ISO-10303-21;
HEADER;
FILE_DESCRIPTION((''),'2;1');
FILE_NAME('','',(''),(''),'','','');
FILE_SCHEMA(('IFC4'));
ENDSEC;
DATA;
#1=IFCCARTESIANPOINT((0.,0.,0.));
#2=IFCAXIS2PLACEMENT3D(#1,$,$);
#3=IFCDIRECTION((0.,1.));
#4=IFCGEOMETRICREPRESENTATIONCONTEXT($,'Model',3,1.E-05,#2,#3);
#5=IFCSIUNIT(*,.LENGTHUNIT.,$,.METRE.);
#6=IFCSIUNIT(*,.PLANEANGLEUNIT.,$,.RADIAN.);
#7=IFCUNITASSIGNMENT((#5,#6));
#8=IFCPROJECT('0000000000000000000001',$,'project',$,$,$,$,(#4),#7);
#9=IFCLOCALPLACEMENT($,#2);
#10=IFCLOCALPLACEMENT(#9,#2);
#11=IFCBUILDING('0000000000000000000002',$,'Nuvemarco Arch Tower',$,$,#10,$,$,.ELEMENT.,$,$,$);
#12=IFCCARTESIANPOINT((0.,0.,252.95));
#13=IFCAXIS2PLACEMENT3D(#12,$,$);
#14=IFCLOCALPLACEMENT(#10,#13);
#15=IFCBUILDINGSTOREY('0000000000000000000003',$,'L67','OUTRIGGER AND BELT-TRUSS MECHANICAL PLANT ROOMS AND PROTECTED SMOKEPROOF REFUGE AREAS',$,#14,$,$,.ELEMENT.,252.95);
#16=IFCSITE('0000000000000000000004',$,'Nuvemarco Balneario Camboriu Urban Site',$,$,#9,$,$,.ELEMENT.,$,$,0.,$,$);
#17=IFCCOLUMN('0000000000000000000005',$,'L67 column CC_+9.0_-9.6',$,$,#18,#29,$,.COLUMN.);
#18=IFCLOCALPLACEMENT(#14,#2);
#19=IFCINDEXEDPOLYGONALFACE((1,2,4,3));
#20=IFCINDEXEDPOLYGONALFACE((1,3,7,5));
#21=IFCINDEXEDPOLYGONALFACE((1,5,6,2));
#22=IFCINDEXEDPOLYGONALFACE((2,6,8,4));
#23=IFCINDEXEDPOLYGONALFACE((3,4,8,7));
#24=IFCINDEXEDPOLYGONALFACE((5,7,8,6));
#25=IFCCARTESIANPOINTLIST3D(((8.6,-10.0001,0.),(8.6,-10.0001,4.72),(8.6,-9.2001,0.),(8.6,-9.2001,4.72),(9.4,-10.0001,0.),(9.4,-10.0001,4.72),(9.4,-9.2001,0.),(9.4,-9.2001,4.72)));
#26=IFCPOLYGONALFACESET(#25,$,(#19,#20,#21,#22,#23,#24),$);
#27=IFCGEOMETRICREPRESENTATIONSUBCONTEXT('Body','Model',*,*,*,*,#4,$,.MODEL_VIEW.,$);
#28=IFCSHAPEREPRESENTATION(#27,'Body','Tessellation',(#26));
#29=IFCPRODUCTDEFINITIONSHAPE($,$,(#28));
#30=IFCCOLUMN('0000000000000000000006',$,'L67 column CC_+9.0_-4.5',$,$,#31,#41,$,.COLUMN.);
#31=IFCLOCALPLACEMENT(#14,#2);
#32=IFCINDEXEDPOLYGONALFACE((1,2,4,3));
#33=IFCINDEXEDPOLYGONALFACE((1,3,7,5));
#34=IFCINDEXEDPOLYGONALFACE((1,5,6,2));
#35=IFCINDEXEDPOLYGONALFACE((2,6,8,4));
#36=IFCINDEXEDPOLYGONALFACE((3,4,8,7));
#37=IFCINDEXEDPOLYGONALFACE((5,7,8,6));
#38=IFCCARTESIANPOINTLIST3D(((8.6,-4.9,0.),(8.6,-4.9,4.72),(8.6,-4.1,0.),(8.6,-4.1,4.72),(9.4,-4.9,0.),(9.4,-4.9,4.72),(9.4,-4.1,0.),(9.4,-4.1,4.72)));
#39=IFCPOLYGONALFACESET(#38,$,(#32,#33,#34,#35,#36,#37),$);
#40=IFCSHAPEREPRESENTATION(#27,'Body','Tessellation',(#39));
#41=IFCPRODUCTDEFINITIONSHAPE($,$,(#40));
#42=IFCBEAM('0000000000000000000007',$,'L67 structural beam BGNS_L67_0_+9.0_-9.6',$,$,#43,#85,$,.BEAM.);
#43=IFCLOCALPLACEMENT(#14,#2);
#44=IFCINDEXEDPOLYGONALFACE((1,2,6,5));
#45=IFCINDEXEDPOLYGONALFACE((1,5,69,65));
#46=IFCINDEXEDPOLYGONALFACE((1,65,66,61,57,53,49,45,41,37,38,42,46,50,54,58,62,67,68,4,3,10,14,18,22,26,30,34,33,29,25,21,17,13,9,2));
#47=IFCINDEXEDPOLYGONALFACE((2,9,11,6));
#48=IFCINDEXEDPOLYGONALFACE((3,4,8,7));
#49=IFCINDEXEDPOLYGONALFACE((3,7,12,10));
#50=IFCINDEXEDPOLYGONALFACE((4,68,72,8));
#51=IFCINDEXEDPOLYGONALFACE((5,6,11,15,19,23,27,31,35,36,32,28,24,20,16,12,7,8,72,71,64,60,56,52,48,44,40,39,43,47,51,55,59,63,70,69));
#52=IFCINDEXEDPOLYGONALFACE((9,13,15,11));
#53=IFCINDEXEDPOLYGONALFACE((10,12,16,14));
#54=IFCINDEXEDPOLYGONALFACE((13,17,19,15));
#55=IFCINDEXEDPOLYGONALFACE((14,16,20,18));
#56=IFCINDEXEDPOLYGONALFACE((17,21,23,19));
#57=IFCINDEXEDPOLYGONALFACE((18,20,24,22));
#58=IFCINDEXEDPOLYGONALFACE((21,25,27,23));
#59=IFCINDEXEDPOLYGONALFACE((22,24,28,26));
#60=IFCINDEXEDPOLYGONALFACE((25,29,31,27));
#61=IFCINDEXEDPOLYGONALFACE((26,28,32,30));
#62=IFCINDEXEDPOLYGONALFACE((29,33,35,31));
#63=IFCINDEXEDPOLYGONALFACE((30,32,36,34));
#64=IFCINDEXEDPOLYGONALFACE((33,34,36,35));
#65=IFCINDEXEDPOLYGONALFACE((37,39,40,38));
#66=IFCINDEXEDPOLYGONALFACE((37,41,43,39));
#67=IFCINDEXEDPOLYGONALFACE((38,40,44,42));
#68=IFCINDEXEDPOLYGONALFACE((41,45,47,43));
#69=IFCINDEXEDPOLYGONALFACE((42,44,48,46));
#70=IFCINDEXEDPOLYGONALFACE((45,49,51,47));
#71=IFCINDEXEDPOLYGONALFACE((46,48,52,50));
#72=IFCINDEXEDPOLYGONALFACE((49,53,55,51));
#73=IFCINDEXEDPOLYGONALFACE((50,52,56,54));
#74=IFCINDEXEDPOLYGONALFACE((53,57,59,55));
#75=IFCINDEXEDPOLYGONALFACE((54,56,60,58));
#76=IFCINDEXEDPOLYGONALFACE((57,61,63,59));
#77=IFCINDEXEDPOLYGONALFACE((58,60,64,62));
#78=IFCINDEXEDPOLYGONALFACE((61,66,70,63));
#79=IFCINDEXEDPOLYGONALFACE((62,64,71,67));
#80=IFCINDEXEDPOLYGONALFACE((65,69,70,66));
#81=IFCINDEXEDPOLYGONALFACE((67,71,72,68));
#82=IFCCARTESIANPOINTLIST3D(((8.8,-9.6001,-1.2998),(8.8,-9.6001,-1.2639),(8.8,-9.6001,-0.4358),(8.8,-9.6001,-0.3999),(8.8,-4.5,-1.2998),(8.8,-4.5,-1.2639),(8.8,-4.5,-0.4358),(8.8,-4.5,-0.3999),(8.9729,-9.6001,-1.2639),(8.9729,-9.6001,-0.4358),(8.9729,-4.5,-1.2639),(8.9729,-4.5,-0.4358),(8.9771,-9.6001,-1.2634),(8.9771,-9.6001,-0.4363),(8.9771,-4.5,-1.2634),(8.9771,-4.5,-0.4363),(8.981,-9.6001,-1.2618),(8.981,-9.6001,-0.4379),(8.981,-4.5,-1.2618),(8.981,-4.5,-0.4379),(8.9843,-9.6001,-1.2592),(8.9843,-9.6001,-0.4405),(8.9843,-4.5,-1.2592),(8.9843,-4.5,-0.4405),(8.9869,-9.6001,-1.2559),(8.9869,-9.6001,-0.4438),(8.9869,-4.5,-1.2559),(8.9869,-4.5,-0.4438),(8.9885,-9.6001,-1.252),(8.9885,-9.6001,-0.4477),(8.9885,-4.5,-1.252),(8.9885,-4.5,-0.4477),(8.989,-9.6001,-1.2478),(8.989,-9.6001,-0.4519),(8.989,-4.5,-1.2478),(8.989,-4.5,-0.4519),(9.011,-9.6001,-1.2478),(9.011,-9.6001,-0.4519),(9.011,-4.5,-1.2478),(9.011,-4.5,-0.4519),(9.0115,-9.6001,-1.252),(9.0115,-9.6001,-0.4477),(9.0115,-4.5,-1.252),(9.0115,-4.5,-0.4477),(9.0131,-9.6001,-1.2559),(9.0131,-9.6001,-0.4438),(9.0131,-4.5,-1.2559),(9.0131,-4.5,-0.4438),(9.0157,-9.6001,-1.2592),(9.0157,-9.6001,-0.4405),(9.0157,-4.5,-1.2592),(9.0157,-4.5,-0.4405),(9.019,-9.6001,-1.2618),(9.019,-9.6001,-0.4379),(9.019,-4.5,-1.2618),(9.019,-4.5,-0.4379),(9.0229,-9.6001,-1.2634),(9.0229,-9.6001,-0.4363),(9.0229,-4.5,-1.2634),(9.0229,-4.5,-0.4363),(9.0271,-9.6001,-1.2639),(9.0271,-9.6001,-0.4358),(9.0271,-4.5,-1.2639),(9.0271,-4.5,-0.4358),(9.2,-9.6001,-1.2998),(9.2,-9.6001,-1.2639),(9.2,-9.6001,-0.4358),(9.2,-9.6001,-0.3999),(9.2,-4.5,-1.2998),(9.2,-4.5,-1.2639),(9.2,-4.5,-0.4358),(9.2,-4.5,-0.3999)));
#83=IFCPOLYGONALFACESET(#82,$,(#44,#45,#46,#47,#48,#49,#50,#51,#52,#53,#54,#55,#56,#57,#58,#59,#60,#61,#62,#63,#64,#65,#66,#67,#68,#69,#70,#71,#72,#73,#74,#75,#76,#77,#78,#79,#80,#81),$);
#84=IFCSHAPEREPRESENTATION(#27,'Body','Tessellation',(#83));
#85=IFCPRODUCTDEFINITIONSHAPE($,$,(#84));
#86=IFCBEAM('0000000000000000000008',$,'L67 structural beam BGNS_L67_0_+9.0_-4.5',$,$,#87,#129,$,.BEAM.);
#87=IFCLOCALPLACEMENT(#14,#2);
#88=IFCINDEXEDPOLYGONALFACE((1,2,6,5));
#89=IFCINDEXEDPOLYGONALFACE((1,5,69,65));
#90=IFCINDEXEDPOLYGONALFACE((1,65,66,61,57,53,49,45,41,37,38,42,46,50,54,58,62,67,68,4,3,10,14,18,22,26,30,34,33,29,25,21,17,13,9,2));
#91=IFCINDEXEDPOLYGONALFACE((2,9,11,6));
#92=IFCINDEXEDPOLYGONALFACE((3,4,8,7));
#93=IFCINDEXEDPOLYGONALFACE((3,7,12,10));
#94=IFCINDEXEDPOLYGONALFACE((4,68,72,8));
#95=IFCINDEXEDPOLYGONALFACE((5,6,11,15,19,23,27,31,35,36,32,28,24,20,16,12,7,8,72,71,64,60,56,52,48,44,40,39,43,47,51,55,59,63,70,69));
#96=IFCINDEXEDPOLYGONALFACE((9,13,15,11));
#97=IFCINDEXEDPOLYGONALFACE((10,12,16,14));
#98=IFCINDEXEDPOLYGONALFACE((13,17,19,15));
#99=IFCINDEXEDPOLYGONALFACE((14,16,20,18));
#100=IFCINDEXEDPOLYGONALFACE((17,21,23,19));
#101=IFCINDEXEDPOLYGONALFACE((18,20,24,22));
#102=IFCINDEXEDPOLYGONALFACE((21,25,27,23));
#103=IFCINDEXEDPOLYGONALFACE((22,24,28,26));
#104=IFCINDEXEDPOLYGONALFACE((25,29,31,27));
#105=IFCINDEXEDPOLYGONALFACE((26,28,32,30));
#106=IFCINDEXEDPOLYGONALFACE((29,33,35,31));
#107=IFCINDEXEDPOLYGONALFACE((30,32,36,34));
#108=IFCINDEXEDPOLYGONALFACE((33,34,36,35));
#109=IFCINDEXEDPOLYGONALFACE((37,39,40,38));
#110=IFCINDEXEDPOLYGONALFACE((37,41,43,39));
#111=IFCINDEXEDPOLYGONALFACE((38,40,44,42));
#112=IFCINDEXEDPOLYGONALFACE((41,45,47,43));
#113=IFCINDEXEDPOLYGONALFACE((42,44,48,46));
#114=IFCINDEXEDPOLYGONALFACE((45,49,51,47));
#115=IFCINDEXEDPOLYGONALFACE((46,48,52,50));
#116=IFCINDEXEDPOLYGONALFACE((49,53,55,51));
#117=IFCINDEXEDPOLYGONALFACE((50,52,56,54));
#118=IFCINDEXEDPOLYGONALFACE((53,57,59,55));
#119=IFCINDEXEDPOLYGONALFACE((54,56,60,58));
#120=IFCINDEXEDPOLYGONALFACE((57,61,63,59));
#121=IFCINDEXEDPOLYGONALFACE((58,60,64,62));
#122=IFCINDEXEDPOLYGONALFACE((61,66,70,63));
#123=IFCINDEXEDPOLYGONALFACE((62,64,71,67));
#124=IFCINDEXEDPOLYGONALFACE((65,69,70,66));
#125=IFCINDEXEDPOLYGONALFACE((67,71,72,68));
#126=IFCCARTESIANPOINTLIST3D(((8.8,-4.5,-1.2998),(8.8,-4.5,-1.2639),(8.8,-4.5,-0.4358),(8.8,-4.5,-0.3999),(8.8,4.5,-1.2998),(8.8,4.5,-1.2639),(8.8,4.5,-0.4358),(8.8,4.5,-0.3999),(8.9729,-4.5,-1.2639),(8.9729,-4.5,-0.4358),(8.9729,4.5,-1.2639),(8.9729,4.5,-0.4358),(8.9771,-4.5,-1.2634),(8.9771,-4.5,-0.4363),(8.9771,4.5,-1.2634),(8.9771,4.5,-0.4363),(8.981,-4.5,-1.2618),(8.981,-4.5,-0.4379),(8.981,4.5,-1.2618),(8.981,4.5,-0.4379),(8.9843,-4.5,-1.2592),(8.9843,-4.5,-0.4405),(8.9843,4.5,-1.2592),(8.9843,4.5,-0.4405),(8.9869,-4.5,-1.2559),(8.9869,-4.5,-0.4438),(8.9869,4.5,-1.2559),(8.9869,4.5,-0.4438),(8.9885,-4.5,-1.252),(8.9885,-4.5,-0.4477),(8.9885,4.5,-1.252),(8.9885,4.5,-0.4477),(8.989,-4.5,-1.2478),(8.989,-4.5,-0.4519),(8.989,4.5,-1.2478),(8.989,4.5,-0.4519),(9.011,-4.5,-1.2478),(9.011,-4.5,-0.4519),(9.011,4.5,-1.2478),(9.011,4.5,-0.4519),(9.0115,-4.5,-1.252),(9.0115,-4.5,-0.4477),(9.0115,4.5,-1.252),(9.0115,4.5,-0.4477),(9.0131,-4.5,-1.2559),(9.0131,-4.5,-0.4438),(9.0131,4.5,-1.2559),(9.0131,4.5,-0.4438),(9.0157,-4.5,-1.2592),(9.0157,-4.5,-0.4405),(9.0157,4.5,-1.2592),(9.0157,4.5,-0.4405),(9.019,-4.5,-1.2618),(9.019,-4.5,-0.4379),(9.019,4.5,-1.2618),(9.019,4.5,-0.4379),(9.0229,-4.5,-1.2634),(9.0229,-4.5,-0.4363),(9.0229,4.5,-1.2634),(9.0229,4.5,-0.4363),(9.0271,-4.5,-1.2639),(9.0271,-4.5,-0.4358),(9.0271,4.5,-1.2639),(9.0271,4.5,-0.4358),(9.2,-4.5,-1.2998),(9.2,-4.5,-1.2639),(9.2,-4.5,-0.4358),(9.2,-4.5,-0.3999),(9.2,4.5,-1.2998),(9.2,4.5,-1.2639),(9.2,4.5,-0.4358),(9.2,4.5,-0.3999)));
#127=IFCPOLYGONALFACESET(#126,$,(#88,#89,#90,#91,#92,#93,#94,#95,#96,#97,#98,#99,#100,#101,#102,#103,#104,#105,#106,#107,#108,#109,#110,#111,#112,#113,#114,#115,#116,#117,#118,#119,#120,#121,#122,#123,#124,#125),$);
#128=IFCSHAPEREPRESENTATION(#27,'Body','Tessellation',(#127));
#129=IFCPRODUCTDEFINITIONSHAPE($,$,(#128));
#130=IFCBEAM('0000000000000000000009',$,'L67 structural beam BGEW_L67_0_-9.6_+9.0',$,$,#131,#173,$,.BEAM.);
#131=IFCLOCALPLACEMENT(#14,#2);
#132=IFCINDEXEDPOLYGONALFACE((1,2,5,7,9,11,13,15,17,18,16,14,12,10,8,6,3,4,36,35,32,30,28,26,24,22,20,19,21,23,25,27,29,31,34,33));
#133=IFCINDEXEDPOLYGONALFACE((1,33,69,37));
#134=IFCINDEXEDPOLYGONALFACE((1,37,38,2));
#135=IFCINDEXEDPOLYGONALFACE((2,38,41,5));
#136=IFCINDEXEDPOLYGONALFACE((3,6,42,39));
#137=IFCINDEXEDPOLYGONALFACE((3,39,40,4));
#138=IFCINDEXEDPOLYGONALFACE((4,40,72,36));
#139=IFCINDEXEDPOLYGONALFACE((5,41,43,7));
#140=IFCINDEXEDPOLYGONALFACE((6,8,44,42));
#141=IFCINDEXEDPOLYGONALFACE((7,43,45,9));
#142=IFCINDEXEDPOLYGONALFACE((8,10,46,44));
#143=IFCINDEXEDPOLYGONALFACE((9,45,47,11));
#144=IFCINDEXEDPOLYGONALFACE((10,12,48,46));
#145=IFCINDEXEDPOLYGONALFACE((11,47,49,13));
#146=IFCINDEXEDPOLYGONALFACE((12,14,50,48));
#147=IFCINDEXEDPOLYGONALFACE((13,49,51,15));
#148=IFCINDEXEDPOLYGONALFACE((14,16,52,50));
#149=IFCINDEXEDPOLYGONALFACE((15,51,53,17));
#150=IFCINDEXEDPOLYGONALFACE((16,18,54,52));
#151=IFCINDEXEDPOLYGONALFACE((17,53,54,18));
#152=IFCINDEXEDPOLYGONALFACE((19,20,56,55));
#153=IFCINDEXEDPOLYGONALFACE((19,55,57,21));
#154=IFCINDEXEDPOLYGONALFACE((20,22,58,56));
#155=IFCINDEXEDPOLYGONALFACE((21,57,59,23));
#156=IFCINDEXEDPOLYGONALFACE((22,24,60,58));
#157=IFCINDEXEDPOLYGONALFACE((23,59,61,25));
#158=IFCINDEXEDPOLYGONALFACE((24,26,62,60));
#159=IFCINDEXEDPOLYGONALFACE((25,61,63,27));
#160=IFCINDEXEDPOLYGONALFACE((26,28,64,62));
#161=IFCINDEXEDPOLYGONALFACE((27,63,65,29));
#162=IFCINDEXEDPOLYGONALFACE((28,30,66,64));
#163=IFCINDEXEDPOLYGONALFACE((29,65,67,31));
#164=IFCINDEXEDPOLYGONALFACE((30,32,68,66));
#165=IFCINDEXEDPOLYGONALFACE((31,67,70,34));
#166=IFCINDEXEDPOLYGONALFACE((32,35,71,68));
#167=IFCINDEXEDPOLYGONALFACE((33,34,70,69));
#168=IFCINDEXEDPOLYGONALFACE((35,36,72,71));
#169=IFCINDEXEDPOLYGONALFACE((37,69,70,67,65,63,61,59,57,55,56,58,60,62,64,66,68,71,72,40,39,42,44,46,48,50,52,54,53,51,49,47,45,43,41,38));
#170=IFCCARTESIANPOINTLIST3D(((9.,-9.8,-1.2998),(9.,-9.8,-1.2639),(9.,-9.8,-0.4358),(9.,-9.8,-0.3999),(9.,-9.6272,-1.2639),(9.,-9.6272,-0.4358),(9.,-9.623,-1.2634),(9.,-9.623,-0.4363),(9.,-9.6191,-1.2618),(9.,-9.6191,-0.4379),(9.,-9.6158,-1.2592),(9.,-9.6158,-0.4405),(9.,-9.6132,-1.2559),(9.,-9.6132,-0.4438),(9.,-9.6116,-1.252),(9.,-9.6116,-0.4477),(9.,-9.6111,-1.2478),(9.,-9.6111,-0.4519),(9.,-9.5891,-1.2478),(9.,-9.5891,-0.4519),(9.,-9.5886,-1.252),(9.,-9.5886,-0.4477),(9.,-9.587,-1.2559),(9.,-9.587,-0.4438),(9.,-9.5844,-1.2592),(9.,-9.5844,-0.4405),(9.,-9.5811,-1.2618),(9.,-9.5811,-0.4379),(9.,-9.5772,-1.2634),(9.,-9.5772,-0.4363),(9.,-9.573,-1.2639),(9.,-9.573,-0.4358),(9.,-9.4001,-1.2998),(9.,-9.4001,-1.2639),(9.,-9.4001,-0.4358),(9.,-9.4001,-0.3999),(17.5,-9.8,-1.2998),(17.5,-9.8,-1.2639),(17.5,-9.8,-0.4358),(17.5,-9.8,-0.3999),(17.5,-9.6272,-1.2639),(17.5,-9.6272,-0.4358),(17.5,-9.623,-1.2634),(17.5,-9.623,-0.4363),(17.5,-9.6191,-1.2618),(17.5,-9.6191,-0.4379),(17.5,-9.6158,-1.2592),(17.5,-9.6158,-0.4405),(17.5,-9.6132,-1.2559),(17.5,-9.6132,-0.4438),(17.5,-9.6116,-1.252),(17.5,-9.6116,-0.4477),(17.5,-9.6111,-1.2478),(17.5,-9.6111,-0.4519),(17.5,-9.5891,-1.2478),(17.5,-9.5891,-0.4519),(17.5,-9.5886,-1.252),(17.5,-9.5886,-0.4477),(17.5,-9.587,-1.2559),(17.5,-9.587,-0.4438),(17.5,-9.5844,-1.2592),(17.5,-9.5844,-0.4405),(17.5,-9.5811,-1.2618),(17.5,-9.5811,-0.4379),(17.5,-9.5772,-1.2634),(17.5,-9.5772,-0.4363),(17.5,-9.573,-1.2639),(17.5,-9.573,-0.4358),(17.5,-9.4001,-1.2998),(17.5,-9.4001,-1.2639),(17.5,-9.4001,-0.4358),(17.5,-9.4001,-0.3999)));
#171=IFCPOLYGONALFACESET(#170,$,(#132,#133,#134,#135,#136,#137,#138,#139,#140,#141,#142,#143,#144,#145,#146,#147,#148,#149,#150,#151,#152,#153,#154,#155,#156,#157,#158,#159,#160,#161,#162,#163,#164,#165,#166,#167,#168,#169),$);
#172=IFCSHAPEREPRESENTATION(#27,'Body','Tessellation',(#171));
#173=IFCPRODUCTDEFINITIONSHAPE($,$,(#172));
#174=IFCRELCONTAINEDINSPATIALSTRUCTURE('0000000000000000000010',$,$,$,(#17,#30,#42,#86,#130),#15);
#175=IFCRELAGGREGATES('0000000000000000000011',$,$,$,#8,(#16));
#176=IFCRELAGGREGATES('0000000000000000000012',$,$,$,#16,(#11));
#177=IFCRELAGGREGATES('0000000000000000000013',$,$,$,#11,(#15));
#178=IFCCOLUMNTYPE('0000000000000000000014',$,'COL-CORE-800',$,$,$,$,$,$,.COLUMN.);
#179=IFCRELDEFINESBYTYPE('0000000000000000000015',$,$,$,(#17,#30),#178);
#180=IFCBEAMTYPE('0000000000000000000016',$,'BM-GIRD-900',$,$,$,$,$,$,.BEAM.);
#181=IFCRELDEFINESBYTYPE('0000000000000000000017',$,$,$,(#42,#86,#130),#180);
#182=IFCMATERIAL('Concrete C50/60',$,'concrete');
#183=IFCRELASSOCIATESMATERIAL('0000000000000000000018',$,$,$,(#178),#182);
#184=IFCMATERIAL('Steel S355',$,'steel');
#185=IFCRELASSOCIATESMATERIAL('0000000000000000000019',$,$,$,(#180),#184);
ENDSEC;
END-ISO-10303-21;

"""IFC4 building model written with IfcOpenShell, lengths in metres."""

from ifc_helpers import new_model, si_unit, direction, frame, origin, origin_2d, place, context, subcontext, project, spatial, rectangle, i_section, extrude, material, material_profile, profile_set, type_object, element, save


model = new_model("IFC4")

# Units and contexts
model_context = context("Model", 3, precision=1e-05, world=origin(), true_north=direction((0.0, 1.0)))
body_context = subcontext(model_context, "Body", "Model", "MODEL_VIEW")
ifc_project = project(units=[si_unit("LENGTHUNIT", "METRE"), si_unit("PLANEANGLEUNIT", "RADIAN")], contexts=[model_context])

# Site, building, storey
site_placement = place(None, origin())
site = spatial("IfcSite", under=ifc_project, at=site_placement, Name="Nuvemarco Balneario Camboriu Urban Site", CompositionType="ELEMENT", RefElevation=0.0)
building_placement = place(site_placement, origin())
building = spatial("IfcBuilding", under=site, at=building_placement, Name="Nuvemarco Arch Tower", CompositionType="ELEMENT")
storey_placement = place(building_placement, frame((0.0, 0.0, 252.95)))
storey = spatial("IfcBuildingStorey", under=building, at=storey_placement, Name="L67", Description="OUTRIGGER AND BELT-TRUSS MECHANICAL PLANT ROOMS AND PROTECTED SMOKEPROOF REFUGE AREAS", CompositionType="ELEMENT", Elevation=252.95)

# Columns
ifc_material_1 = material(Name="Concrete C50/60", Category="concrete")
ifc_material_profile_1 = material_profile(ifc_material_1, rectangle(XDim=0.8, YDim=0.8, at=origin_2d()), Name="RC-COL-800x800")
ifc_profile_set_1 = profile_set([ifc_material_profile_1], Name="Concrete C50/60")
column_type = type_object("IfcColumnType", Name="COL-CORE-800", PredefinedType="COLUMN", material=ifc_profile_set_1)
for number, where, z_axis, x_axis, name in (
    (1, (9.0, -9.6001, 0.0), (0.0, 0.0, 1.0), (1.0, 0.0, 0.0), "L67 column CC_+9.0_-9.6"),
    (2, (9.0, -4.5, 0.0), (0.0, 0.0, 1.0), (1.0, 0.0, 0.0), "L67 column CC_+9.0_-4.5"),
):
    element("IfcColumn", number, at=place(storey_placement, frame(where, z_axis=z_axis, x_axis=x_axis)), inside=storey, type_object=column_type, Name=name, PredefinedType="COLUMN", context=body_context, shape_type="SweptSolid", body=[
        extrude(rectangle(XDim=0.8, YDim=0.8, at=origin_2d()), origin(), (0.0, 0.0, 1.0), 4.72),
    ])

# Beams
ifc_material_2 = material(Name="Steel S355", Category="steel")
ifc_material_profile_2 = material_profile(ifc_material_2, i_section(OverallWidth=0.3999, OverallDepth=0.8999, WebThickness=0.022, FlangeThickness=0.0359, FilletRadius=0.0161, at=origin_2d()), Name="PG900x400")
ifc_profile_set_2 = profile_set([ifc_material_profile_2], Name="Steel S355")
beam_type = type_object("IfcBeamType", Name="BM-GIRD-900", PredefinedType="BEAM", material=ifc_profile_set_2)
beam_1_placement = place(storey_placement, frame((9.0, -9.6001, -0.8499), z_axis=(0.0, 1.0, 0.0), x_axis=(-1.0, 0.0, 0.0)))
element("IfcBeam", 3, at=beam_1_placement, inside=storey, type_object=beam_type, Name="L67 structural beam BGNS_L67_0_+9.0_-9.6", PredefinedType="BEAM", context=body_context, shape_type="SweptSolid", body=[
    extrude(i_section(OverallWidth=0.3999, OverallDepth=0.8999, WebThickness=0.022, FlangeThickness=0.0359, FilletRadius=0.0161, at=origin_2d()), origin(), (0.0, 0.0, 1.0), 5.1001),
])
beam_2_placement = place(storey_placement, frame((9.0, -4.5, -0.8499), z_axis=(0.0, 1.0, 0.0), x_axis=(-1.0, 0.0, 0.0)))
element("IfcBeam", 4, at=beam_2_placement, inside=storey, type_object=beam_type, Name="L67 structural beam BGNS_L67_0_+9.0_-4.5", PredefinedType="BEAM", context=body_context, shape_type="SweptSolid", body=[
    extrude(i_section(OverallWidth=0.3999, OverallDepth=0.8999, WebThickness=0.022, FlangeThickness=0.0359, FilletRadius=0.0161, at=origin_2d()), origin(), (0.0, 0.0, 1.0), 9.0),
])
for number, where, z_axis, x_axis, name in (
    (5, (9.0, -9.6001, -0.8499), (1.0, 0.0, 0.0), (0.0, 1.0, 0.0), "L67 structural beam BGEW_L67_0_-9.6_+9.0"),
):
    element("IfcBeam", number, at=place(storey_placement, frame(where, z_axis=z_axis, x_axis=x_axis)), inside=storey, type_object=beam_type, Name=name, PredefinedType="BEAM", context=body_context, shape_type="SweptSolid", body=[
        extrude(i_section(OverallWidth=0.3999, OverallDepth=0.8999, WebThickness=0.022, FlangeThickness=0.0359, FilletRadius=0.0161, at=origin_2d()), origin(), (0.0, 0.0, 1.0), 8.5),
    ])

save(model, "model.ifc")
